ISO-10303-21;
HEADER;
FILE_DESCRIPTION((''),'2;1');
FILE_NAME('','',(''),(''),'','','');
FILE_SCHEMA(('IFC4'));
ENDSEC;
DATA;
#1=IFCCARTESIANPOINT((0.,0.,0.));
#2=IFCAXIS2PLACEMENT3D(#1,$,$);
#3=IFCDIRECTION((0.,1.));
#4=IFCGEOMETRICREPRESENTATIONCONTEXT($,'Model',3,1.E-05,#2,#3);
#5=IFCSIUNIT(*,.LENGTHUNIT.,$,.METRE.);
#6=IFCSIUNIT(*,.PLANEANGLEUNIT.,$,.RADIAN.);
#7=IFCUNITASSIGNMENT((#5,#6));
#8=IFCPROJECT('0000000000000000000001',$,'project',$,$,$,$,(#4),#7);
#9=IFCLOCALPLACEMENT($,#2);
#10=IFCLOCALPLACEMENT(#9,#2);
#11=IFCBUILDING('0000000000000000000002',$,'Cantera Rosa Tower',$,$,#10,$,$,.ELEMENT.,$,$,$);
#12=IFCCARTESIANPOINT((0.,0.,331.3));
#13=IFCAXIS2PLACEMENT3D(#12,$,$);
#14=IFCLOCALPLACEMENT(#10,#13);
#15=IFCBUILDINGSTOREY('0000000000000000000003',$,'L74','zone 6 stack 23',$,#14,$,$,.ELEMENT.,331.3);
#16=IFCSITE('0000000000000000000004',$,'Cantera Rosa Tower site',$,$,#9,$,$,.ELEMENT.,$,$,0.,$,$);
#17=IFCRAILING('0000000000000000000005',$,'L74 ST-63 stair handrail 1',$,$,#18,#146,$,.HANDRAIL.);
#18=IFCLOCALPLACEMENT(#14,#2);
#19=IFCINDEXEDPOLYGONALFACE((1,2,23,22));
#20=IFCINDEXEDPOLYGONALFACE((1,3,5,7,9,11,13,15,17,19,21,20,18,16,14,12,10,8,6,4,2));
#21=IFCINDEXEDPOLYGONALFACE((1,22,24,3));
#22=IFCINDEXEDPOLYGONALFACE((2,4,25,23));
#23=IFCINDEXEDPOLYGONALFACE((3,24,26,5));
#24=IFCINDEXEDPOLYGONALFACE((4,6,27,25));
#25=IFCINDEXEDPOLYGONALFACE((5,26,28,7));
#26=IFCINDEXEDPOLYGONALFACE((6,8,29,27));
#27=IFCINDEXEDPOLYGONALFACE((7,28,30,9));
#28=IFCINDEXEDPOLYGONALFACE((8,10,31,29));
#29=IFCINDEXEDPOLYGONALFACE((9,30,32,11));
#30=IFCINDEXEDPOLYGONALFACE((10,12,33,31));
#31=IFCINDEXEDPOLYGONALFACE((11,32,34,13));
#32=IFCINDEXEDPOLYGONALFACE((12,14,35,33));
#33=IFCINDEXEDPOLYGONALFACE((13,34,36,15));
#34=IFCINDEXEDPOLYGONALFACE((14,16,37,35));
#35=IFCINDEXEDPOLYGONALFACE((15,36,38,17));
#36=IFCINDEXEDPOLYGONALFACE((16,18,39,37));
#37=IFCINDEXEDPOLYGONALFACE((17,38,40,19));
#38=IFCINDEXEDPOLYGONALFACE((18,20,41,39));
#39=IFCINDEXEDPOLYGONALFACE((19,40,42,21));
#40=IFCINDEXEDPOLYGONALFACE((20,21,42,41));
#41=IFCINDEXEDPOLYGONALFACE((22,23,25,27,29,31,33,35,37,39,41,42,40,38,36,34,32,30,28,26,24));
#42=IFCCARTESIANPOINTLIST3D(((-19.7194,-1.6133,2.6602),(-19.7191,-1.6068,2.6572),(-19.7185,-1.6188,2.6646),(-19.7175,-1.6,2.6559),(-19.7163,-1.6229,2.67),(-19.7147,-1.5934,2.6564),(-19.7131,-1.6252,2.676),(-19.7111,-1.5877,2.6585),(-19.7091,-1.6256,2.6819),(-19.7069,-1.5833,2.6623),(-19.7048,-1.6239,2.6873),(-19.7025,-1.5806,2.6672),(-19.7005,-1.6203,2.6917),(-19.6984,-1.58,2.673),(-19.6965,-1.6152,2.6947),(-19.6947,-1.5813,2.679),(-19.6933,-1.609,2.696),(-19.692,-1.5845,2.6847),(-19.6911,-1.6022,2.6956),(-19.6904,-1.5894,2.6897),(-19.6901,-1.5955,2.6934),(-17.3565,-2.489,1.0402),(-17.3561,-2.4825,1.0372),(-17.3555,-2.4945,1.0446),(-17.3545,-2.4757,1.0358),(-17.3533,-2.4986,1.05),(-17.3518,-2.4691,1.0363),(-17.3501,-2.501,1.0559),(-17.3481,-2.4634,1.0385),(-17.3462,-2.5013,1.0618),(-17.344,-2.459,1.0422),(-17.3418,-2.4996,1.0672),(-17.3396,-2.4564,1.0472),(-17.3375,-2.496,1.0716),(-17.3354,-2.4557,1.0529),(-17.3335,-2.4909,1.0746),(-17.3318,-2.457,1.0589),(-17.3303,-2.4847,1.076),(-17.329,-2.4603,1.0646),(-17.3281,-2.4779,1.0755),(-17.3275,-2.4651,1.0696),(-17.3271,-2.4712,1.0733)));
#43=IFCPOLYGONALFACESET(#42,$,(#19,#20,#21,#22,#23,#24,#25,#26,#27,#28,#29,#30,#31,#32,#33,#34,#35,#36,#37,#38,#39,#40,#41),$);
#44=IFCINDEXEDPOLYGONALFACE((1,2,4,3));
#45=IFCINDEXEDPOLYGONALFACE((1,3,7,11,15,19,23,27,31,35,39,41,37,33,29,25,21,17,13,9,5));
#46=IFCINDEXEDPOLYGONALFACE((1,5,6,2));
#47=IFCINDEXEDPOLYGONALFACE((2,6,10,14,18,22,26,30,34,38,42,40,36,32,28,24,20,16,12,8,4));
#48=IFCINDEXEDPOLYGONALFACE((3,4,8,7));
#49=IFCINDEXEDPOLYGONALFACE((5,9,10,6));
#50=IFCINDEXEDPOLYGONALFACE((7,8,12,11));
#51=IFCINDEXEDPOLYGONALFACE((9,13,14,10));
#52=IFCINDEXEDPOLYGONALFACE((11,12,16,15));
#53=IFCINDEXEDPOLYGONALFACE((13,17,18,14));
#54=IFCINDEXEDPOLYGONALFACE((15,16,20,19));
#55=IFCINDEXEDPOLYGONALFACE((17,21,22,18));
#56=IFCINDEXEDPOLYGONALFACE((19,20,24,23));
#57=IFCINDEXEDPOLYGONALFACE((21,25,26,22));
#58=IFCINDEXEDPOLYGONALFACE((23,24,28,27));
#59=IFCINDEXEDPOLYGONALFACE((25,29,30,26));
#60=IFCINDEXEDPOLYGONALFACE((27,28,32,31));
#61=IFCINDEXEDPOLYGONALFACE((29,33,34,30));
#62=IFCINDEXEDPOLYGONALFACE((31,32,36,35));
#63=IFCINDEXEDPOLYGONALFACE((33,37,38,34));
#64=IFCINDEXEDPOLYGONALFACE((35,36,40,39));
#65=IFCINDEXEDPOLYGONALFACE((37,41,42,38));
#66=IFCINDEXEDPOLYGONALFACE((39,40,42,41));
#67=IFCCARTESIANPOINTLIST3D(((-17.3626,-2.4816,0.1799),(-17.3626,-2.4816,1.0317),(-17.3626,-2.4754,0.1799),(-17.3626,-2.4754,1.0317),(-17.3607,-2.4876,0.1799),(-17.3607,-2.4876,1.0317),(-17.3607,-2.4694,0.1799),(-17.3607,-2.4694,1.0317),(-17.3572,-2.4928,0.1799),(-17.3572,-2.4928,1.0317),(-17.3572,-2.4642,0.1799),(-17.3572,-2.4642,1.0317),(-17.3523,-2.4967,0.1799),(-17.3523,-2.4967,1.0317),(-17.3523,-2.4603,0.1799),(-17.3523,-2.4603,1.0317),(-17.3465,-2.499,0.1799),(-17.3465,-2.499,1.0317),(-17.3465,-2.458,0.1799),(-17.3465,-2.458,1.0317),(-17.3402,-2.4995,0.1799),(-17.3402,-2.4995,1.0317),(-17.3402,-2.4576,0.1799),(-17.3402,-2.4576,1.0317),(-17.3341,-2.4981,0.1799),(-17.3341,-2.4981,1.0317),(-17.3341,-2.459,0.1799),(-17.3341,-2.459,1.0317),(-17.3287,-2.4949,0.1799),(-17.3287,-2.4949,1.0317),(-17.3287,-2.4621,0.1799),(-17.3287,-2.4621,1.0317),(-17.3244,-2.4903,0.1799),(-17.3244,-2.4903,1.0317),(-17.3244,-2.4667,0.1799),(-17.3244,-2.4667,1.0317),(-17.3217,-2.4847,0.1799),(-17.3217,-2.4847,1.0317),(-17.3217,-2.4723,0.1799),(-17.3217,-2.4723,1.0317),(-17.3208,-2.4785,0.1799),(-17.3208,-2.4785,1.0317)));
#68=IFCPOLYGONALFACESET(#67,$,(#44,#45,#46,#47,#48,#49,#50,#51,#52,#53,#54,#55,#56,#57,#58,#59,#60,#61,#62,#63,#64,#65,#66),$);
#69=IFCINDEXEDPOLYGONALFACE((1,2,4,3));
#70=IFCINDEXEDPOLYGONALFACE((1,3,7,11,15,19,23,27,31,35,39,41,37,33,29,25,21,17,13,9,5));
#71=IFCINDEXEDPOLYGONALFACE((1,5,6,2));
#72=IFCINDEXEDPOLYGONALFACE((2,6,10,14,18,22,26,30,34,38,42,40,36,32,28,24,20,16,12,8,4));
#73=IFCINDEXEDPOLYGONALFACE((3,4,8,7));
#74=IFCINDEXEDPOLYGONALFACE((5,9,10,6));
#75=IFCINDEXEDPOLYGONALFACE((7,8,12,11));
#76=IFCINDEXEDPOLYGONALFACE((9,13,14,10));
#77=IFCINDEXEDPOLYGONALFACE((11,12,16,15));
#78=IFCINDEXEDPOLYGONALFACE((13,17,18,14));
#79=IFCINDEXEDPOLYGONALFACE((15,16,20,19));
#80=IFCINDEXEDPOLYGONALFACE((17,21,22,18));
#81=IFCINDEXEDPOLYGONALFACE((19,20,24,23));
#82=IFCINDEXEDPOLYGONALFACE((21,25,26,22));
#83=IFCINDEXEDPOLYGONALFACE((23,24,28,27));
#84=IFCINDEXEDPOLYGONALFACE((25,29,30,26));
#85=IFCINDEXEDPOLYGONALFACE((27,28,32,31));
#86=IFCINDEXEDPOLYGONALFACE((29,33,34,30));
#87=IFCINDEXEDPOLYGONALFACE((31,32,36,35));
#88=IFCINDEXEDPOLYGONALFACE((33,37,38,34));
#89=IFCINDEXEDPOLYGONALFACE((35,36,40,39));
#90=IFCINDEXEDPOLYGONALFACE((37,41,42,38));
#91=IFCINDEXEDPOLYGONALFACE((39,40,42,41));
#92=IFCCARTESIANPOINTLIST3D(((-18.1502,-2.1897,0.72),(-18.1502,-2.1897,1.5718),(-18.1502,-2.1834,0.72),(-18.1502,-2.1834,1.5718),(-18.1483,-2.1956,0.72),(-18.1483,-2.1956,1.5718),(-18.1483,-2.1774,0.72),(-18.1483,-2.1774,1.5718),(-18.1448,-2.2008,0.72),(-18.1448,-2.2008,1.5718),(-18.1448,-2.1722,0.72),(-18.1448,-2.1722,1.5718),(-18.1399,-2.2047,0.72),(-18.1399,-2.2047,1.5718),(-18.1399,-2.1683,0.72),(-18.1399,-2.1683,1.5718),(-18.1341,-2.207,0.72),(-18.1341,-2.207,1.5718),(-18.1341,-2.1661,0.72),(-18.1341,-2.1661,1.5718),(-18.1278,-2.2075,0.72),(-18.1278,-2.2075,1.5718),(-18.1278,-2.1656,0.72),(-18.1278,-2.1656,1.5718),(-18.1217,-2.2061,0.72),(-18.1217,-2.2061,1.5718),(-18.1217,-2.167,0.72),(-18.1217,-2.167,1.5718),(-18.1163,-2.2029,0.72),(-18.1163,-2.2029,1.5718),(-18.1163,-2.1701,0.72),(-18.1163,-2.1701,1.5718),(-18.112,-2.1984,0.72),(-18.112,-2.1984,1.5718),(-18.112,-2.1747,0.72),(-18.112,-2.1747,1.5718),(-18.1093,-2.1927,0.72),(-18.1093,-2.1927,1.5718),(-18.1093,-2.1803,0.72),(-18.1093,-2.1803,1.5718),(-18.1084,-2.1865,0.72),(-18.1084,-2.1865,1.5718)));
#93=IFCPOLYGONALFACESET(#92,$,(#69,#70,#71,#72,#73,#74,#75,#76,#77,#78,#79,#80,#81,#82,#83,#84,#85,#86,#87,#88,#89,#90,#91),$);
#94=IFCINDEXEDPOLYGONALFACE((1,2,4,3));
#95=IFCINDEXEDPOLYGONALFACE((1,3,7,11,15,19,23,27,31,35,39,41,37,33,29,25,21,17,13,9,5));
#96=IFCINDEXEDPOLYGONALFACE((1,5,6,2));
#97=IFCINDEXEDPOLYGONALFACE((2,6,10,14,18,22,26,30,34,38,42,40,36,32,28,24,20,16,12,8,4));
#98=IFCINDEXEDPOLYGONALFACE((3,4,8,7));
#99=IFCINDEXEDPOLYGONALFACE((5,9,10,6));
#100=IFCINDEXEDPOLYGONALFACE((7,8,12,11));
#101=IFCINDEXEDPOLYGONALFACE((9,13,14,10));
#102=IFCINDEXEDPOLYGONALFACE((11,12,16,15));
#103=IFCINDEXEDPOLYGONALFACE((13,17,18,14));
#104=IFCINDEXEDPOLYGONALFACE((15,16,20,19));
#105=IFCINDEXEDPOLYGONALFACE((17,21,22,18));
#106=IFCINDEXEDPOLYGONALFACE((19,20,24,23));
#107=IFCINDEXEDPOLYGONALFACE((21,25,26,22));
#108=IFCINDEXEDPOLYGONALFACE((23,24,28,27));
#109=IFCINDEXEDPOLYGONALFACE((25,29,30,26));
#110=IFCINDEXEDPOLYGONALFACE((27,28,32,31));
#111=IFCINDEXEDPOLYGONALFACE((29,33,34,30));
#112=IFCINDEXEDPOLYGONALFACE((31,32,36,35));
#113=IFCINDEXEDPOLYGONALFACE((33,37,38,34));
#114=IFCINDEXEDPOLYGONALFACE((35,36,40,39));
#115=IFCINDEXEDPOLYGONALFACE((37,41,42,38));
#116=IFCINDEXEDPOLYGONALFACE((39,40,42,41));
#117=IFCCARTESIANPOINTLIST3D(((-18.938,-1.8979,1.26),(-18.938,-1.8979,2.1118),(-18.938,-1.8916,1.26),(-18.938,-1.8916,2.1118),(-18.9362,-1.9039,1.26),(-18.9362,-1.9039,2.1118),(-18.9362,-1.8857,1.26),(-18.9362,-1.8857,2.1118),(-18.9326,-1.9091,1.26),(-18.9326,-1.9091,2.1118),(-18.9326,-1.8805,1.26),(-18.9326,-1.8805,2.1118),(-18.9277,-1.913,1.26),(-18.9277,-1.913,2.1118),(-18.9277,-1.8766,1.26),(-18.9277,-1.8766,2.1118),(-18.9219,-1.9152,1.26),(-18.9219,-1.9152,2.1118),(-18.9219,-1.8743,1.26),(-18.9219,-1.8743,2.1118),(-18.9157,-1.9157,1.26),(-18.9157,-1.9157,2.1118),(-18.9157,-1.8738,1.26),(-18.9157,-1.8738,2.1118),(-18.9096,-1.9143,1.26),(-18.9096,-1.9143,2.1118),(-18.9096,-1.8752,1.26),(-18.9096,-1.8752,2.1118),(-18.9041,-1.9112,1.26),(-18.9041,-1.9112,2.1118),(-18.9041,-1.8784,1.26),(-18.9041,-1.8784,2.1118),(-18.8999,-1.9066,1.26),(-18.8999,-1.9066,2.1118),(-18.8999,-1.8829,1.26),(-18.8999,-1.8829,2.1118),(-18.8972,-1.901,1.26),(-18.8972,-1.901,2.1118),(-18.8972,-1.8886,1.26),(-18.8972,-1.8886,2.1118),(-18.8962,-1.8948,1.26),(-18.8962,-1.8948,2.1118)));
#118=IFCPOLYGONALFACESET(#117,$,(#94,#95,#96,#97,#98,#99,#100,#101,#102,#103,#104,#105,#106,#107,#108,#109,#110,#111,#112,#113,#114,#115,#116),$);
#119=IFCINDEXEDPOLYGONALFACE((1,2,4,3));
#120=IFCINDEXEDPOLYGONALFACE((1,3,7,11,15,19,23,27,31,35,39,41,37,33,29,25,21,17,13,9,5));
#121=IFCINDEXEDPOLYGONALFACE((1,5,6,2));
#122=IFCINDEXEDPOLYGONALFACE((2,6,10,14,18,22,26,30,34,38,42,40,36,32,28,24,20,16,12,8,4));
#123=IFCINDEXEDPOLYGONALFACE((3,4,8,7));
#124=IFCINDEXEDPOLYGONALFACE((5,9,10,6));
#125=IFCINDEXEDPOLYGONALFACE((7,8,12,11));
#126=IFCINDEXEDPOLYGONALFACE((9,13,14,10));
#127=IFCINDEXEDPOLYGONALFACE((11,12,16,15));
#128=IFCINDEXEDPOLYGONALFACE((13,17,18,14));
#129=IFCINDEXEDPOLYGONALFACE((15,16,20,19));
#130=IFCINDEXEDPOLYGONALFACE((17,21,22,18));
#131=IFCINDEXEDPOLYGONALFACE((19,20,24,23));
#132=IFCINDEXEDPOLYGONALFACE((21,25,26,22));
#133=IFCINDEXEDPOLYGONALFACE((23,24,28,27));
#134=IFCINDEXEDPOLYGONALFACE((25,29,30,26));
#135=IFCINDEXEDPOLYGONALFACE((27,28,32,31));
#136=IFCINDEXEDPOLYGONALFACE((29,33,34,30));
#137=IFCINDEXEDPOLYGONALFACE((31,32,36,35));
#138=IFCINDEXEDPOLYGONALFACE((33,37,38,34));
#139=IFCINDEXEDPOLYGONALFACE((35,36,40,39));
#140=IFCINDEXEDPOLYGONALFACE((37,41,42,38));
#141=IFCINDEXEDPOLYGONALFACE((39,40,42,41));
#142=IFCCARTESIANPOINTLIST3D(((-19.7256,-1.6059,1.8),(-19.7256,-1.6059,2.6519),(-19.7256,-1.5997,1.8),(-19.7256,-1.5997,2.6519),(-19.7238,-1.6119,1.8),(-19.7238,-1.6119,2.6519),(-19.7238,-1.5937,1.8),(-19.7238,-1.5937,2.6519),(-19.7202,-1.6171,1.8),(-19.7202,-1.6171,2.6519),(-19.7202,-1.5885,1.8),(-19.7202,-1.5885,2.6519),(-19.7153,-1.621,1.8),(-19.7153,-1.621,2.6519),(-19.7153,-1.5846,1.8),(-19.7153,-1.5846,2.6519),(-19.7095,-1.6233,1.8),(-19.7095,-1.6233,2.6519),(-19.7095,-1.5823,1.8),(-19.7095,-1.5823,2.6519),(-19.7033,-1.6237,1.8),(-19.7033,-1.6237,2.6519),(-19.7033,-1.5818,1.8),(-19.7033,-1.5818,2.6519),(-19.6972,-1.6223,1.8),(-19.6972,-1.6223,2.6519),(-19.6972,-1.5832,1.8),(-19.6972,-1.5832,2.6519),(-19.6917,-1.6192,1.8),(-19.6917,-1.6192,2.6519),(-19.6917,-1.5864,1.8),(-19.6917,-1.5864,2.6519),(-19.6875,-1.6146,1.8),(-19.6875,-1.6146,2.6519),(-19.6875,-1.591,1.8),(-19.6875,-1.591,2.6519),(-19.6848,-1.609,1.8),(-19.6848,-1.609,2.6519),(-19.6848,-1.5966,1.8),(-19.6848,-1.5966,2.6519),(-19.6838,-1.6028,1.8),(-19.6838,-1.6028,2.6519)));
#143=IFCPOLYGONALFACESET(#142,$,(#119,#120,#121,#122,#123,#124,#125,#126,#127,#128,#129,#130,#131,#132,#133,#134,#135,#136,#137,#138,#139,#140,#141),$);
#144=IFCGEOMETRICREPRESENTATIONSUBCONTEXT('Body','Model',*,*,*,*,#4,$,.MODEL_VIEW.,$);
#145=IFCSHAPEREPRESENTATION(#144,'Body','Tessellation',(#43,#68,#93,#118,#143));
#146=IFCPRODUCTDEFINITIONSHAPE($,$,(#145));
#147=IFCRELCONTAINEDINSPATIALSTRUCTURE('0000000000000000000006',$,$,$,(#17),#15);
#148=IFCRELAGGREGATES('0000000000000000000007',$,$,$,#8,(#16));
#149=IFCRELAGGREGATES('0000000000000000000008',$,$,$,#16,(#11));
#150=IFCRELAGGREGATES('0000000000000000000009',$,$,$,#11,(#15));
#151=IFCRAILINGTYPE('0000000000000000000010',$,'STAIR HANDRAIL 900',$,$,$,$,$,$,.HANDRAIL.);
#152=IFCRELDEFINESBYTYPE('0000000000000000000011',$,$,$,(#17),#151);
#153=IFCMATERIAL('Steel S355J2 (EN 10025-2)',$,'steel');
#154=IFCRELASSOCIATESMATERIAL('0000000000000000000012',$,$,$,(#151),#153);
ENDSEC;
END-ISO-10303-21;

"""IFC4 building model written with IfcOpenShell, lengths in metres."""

from ifc_helpers import new_model, si_unit, direction, frame, origin, origin_2d, place, context, subcontext, project, spatial, circle, extrude, material, type_object, element, save


model = new_model("IFC4")

# Units and contexts
model_context = context("Model", 3, precision=1e-05, world=origin(), true_north=direction((0.0, 1.0)))
body_context = subcontext(model_context, "Body", "Model", "MODEL_VIEW")
ifc_project = project(units=[si_unit("LENGTHUNIT", "METRE"), si_unit("PLANEANGLEUNIT", "RADIAN")], contexts=[model_context])

# Site, building, storey
site_placement = place(None, origin())
site = spatial("IfcSite", under=ifc_project, at=site_placement, Name="Cantera Rosa Tower site", CompositionType="ELEMENT", RefElevation=0.0)
building_placement = place(site_placement, origin())
building = spatial("IfcBuilding", under=site, at=building_placement, Name="Cantera Rosa Tower", CompositionType="ELEMENT")
storey_placement = place(building_placement, frame((0.0, 0.0, 331.3)))
storey = spatial("IfcBuildingStorey", under=building, at=storey_placement, Name="L74", Description="zone 6 stack 23", CompositionType="ELEMENT", Elevation=331.3)

# Railing
ifc_material_1 = material(Name="Steel S355J2 (EN 10025-2)", Category="steel")
railing_type_1 = type_object("IfcRailingType", Name="STAIR HANDRAIL 900", PredefinedType="HANDRAIL", material=ifc_material_1)
railing_1_placement = place(storey_placement, frame((-17.3418, -2.4785, 0.1799)))
element("IfcRailing", 1, at=railing_1_placement, inside=storey, type_object=railing_type_1, Name="L74 ST-63 stair handrail 1", PredefinedType="HANDRAIL", context=body_context, shape_type="SweptSolid", body=[
    extrude(circle(Radius=0.0239, at=origin_2d()), frame((0.0, 0.0, 0.876), z_axis=(-0.788748, 0.292307, 0.540772), x_axis=(-0.347501, -0.93768, 0.0)), (0.0, 0.0, 1.0), 2.9958),
    extrude(circle(Radius=0.021, at=origin_2d()), origin(), (0.0, 0.0, 1.0), 0.8518),
    extrude(circle(Radius=0.021, at=origin_2d()), frame((-0.7876, 0.292, 0.54)), (0.0, 0.0, 1.0), 0.8518),
    extrude(circle(Radius=0.021, at=origin_2d()), frame((-1.5754, 0.5837, 1.0801)), (0.0, 0.0, 1.0), 0.8518),
    extrude(circle(Radius=0.021, at=origin_2d()), frame((-2.363, 0.8757, 1.6201)), (0.0, 0.0, 1.0), 0.8518),
])

save(model, "model.ifc")
